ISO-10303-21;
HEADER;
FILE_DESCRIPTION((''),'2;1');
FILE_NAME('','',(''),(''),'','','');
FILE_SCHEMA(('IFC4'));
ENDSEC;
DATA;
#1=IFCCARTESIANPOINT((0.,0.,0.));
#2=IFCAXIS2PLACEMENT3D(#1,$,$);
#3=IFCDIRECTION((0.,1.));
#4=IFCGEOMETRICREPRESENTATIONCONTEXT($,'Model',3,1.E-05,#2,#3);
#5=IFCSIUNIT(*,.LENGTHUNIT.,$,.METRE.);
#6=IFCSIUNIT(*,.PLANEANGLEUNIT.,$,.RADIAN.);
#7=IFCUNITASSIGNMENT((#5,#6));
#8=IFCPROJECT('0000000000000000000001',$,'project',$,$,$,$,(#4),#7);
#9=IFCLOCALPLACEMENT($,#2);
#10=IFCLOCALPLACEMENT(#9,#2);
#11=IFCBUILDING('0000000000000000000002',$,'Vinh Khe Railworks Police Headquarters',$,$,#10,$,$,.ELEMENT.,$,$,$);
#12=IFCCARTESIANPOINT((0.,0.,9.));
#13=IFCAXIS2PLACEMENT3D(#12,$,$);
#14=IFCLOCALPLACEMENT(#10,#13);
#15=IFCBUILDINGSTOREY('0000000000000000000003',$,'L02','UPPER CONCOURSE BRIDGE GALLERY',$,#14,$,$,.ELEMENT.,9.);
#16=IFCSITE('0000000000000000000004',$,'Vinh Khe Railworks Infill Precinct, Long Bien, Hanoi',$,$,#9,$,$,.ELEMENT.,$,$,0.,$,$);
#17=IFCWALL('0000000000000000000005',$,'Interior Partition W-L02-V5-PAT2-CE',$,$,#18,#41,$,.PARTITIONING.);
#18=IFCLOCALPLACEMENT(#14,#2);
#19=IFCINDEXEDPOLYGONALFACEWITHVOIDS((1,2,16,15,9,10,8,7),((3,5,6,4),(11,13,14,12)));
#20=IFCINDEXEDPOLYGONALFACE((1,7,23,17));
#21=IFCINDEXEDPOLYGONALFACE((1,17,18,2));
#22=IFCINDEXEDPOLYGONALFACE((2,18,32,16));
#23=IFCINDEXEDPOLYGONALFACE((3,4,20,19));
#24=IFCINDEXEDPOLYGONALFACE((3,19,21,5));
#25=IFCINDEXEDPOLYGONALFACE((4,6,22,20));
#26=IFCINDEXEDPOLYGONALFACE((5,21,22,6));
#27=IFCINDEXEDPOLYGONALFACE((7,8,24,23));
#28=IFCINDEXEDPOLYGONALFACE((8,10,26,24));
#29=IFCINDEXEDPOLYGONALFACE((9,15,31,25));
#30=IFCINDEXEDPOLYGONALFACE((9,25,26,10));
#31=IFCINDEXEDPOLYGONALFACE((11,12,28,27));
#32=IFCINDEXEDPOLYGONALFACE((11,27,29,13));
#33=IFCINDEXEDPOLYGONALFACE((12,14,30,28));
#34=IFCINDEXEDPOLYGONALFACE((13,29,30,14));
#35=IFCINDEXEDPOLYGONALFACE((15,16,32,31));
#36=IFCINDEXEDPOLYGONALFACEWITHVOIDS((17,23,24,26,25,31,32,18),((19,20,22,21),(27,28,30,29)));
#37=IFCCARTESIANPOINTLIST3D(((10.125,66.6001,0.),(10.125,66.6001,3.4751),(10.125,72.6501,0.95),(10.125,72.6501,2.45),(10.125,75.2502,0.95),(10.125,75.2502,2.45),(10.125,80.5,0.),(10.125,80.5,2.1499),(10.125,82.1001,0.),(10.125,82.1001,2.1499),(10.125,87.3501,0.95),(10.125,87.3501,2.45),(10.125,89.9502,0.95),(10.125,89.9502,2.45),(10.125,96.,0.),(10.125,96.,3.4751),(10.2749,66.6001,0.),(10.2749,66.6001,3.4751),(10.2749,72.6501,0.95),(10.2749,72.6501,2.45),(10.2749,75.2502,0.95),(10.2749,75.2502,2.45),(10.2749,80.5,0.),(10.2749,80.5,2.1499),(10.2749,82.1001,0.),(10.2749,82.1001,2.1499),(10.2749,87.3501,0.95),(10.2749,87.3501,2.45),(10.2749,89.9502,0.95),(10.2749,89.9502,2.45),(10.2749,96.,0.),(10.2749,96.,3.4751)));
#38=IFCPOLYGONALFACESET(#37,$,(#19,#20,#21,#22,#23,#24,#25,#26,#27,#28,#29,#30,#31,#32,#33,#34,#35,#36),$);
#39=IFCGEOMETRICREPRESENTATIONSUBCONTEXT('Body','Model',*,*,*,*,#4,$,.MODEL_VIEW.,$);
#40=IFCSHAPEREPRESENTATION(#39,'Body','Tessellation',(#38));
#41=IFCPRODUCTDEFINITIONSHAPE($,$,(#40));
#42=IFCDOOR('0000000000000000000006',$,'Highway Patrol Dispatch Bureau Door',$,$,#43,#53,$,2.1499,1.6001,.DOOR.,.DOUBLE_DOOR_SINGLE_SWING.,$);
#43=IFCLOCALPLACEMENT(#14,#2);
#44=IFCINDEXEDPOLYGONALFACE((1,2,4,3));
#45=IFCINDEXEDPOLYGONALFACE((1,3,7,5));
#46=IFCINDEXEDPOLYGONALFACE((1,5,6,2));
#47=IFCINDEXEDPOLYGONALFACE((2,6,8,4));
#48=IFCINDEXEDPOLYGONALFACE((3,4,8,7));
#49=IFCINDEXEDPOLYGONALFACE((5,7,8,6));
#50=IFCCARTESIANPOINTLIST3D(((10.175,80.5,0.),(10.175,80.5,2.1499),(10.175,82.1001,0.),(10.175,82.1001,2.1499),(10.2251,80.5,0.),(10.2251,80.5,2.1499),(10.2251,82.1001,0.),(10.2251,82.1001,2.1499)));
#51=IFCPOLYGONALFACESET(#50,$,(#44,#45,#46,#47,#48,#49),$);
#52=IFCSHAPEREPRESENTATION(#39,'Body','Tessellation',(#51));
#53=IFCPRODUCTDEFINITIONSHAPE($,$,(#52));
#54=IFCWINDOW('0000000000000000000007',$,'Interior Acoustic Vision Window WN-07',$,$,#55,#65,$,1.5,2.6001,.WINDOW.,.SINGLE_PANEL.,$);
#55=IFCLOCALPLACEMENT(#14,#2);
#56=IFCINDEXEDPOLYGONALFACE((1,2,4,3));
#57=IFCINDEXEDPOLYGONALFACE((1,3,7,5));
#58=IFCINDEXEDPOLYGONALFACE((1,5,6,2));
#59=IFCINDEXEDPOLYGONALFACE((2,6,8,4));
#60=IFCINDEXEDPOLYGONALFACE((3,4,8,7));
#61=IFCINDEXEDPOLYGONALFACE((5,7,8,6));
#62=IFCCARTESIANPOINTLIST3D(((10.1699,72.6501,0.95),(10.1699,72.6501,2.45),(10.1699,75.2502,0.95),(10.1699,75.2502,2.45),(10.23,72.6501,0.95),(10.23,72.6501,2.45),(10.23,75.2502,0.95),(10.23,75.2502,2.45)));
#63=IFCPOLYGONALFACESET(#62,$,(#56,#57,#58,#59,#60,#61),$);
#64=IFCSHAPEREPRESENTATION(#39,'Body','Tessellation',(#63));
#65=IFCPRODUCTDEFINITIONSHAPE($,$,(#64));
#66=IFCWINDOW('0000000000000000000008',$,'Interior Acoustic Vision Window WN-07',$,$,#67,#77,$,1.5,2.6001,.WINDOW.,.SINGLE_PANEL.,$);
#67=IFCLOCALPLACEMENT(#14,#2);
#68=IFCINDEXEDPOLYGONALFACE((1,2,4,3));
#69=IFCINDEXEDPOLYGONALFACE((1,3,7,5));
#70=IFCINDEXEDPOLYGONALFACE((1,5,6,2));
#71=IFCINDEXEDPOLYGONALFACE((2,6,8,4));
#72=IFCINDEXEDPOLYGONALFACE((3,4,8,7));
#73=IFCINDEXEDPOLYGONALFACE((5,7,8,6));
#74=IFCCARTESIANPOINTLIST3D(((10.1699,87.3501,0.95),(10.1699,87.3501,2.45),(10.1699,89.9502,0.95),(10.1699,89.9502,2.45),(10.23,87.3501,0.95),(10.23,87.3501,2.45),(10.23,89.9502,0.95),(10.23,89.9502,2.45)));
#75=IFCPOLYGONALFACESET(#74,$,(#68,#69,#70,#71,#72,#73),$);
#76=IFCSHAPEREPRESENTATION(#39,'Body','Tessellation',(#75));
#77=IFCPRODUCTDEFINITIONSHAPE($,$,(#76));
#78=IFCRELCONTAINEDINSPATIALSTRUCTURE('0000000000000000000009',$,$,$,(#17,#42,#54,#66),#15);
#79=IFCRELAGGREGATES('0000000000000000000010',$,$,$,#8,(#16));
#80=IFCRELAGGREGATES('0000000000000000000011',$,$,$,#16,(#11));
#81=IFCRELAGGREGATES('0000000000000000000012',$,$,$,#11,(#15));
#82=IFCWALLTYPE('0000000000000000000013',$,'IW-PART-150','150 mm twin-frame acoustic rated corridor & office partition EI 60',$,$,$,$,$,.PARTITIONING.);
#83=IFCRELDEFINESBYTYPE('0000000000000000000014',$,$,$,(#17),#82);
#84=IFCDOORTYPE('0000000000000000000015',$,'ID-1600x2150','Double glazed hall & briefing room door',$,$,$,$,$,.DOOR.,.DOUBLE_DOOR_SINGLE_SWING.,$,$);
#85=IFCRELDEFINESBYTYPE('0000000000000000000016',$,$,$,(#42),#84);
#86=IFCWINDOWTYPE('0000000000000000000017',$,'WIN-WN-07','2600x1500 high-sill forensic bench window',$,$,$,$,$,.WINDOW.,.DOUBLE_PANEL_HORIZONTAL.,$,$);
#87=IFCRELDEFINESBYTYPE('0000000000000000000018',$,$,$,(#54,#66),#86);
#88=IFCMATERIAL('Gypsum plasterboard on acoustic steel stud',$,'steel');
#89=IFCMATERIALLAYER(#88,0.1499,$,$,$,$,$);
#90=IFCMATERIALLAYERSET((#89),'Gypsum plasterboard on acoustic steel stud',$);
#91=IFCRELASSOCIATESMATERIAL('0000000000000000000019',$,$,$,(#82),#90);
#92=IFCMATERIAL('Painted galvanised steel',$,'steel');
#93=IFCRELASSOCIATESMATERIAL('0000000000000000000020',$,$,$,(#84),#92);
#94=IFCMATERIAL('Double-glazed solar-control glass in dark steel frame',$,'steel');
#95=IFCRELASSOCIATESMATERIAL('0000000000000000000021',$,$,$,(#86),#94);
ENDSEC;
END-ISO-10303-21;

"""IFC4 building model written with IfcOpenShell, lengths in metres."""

from ifc_helpers import new_model, si_unit, direction, frame, frame_2d, origin, place, context, subcontext, project, spatial, rectangle, extrude, material, layer, layer_set, type_object, element, fill, save


model = new_model("IFC4")

# Units and contexts
model_context = context("Model", 3, precision=1e-05, world=origin(), true_north=direction((0.0, 1.0)))
body_context = subcontext(model_context, "Body", "Model", "MODEL_VIEW")
ifc_project = project(units=[si_unit("LENGTHUNIT", "METRE"), si_unit("PLANEANGLEUNIT", "RADIAN")], contexts=[model_context])

# Site, building, storey
site_placement = place(None, origin())
site = spatial("IfcSite", under=ifc_project, at=site_placement, Name="Vinh Khe Railworks Infill Precinct, Long Bien, Hanoi", CompositionType="ELEMENT", RefElevation=0.0)
building_placement = place(site_placement, origin())
building = spatial("IfcBuilding", under=site, at=building_placement, Name="Vinh Khe Railworks Police Headquarters", CompositionType="ELEMENT")
storey_placement = place(building_placement, frame((0.0, 0.0, 9.0)))
storey = spatial("IfcBuildingStorey", under=building, at=storey_placement, Name="L02", Description="UPPER CONCOURSE BRIDGE GALLERY", CompositionType="ELEMENT", Elevation=9.0)

# Shared definitions
ifc_material_1 = material(Name="Double-glazed solar-control glass in dark steel frame", Category="steel")

# Shared definitions
ifc_material_2 = material(Name="Gypsum plasterboard on acoustic steel stud", Category="steel")
ifc_layer_1 = layer(ifc_material_2, 0.1499)
ifc_layer_set_1 = layer_set([ifc_layer_1], Name="Gypsum plasterboard on acoustic steel stud")
wall_type_1 = type_object("IfcWallType", Name="IW-PART-150", Description="150 mm twin-frame acoustic rated corridor & office partition EI 60", PredefinedType="PARTITIONING", material=ifc_layer_set_1)

# Wall, openings, door, windows
wall_1_placement = place(storey_placement, frame((10.2, 66.6001, 0.0), z_axis=(0.0, 0.0, 1.0), x_axis=(0.0, 1.0, 0.0)))
wall_1 = element("IfcWall", 1, at=wall_1_placement, inside=storey, type_object=wall_type_1, Name="Interior Partition W-L02-V5-PAT2-CE", PredefinedType="PARTITIONING", context=body_context, shape_type="SweptSolid", body=[
    extrude(rectangle(XDim=29.3999, YDim=0.1499, at=frame_2d((14.7, 0.0))), origin(), (0.0, 0.0, 1.0), 3.4751),
])
opening_1_placement = place(wall_1_placement, frame((13.8999, 0.0, 0.0)))
opening_1 = element("IfcOpeningElement", 2, at=opening_1_placement, cuts=wall_1, PredefinedType="OPENING", context=body_context, shape_type="SweptSolid", body=[
    extrude(rectangle(XDim=1.6001, YDim=2.1499, at=frame_2d((0.8, 1.075))), frame((0.0, 0.0898, 0.0), z_axis=(0.0, -1.0, 0.0), x_axis=(1.0, 0.0, 0.0)), (0.0, 0.0, 1.0), 0.1797),
])
opening_2_placement = place(wall_1_placement, frame((6.05, 0.0, 0.95)))
opening_2 = element("IfcOpeningElement", 3, at=opening_2_placement, cuts=wall_1, PredefinedType="OPENING", context=body_context, shape_type="SweptSolid", body=[
    extrude(rectangle(XDim=2.6001, YDim=1.5, at=frame_2d((1.3, 0.75))), frame((0.0, 0.0898, 0.0), z_axis=(0.0, -1.0, 0.0), x_axis=(1.0, 0.0, 0.0)), (0.0, 0.0, 1.0), 0.1797),
])
opening_3_placement = place(wall_1_placement, frame((20.75, 0.0, 0.95)))
opening_3 = element("IfcOpeningElement", 4, at=opening_3_placement, cuts=wall_1, PredefinedType="OPENING", context=body_context, shape_type="SweptSolid", body=[
    extrude(rectangle(XDim=2.6001, YDim=1.5, at=frame_2d((1.3, 0.75))), frame((0.0, 0.0898, 0.0), z_axis=(0.0, -1.0, 0.0), x_axis=(1.0, 0.0, 0.0)), (0.0, 0.0, 1.0), 0.1797),
])
ifc_material_3 = material(Name="Painted galvanised steel", Category="steel")
door_type_1 = type_object("IfcDoorType", Name="ID-1600x2150", Description="Double glazed hall & briefing room door", OperationType="DOUBLE_DOOR_SINGLE_SWING", PredefinedType="DOOR", material=ifc_material_3)
door_1_placement = place(opening_1_placement, origin())
door_1 = element("IfcDoor", 5, at=door_1_placement, inside=storey, type_object=door_type_1, Name="Highway Patrol Dispatch Bureau Door", OperationType="DOUBLE_DOOR_SINGLE_SWING", OverallHeight=2.1499, OverallWidth=1.6001, PredefinedType="DOOR", context=body_context, shape_type="SweptSolid", body=[
    extrude(rectangle(XDim=1.6001, YDim=2.1499, at=frame_2d((0.8, 1.075))), frame((0.0, 0.0249, 0.0), z_axis=(0.0, -1.0, 0.0), x_axis=(1.0, 0.0, 0.0)), (0.0, 0.0, 1.0), 0.05),
])
fill(opening_1, door_1)
window_type_1 = type_object("IfcWindowType", Name="WIN-WN-07", Description="2600x1500 high-sill forensic bench window", PartitioningType="DOUBLE_PANEL_HORIZONTAL", PredefinedType="WINDOW", material=ifc_material_1)
window_1_placement = place(opening_2_placement, origin())
window_1 = element("IfcWindow", 6, at=window_1_placement, inside=storey, type_object=window_type_1, Name="Interior Acoustic Vision Window WN-07", OverallHeight=1.5, OverallWidth=2.6001, PartitioningType="SINGLE_PANEL", PredefinedType="WINDOW", context=body_context, shape_type="SweptSolid", body=[
    extrude(rectangle(XDim=2.6001, YDim=1.5, at=frame_2d((1.3, 0.75))), frame((0.0, 0.03, 0.0), z_axis=(0.0, -1.0, 0.0), x_axis=(1.0, 0.0, 0.0)), (0.0, 0.0, 1.0), 0.0601),
])
fill(opening_2, window_1)
window_2_placement = place(opening_3_placement, origin())
window_2 = element("IfcWindow", 7, at=window_2_placement, inside=storey, type_object=window_type_1, Name="Interior Acoustic Vision Window WN-07", OverallHeight=1.5, OverallWidth=2.6001, PartitioningType="SINGLE_PANEL", PredefinedType="WINDOW", context=body_context, shape_type="SweptSolid", body=[
    extrude(rectangle(XDim=2.6001, YDim=1.5, at=frame_2d((1.3, 0.75))), frame((0.0, 0.03, 0.0), z_axis=(0.0, -1.0, 0.0), x_axis=(1.0, 0.0, 0.0)), (0.0, 0.0, 1.0), 0.0601),
])
fill(opening_3, window_2)

save(model, "model.ifc")
